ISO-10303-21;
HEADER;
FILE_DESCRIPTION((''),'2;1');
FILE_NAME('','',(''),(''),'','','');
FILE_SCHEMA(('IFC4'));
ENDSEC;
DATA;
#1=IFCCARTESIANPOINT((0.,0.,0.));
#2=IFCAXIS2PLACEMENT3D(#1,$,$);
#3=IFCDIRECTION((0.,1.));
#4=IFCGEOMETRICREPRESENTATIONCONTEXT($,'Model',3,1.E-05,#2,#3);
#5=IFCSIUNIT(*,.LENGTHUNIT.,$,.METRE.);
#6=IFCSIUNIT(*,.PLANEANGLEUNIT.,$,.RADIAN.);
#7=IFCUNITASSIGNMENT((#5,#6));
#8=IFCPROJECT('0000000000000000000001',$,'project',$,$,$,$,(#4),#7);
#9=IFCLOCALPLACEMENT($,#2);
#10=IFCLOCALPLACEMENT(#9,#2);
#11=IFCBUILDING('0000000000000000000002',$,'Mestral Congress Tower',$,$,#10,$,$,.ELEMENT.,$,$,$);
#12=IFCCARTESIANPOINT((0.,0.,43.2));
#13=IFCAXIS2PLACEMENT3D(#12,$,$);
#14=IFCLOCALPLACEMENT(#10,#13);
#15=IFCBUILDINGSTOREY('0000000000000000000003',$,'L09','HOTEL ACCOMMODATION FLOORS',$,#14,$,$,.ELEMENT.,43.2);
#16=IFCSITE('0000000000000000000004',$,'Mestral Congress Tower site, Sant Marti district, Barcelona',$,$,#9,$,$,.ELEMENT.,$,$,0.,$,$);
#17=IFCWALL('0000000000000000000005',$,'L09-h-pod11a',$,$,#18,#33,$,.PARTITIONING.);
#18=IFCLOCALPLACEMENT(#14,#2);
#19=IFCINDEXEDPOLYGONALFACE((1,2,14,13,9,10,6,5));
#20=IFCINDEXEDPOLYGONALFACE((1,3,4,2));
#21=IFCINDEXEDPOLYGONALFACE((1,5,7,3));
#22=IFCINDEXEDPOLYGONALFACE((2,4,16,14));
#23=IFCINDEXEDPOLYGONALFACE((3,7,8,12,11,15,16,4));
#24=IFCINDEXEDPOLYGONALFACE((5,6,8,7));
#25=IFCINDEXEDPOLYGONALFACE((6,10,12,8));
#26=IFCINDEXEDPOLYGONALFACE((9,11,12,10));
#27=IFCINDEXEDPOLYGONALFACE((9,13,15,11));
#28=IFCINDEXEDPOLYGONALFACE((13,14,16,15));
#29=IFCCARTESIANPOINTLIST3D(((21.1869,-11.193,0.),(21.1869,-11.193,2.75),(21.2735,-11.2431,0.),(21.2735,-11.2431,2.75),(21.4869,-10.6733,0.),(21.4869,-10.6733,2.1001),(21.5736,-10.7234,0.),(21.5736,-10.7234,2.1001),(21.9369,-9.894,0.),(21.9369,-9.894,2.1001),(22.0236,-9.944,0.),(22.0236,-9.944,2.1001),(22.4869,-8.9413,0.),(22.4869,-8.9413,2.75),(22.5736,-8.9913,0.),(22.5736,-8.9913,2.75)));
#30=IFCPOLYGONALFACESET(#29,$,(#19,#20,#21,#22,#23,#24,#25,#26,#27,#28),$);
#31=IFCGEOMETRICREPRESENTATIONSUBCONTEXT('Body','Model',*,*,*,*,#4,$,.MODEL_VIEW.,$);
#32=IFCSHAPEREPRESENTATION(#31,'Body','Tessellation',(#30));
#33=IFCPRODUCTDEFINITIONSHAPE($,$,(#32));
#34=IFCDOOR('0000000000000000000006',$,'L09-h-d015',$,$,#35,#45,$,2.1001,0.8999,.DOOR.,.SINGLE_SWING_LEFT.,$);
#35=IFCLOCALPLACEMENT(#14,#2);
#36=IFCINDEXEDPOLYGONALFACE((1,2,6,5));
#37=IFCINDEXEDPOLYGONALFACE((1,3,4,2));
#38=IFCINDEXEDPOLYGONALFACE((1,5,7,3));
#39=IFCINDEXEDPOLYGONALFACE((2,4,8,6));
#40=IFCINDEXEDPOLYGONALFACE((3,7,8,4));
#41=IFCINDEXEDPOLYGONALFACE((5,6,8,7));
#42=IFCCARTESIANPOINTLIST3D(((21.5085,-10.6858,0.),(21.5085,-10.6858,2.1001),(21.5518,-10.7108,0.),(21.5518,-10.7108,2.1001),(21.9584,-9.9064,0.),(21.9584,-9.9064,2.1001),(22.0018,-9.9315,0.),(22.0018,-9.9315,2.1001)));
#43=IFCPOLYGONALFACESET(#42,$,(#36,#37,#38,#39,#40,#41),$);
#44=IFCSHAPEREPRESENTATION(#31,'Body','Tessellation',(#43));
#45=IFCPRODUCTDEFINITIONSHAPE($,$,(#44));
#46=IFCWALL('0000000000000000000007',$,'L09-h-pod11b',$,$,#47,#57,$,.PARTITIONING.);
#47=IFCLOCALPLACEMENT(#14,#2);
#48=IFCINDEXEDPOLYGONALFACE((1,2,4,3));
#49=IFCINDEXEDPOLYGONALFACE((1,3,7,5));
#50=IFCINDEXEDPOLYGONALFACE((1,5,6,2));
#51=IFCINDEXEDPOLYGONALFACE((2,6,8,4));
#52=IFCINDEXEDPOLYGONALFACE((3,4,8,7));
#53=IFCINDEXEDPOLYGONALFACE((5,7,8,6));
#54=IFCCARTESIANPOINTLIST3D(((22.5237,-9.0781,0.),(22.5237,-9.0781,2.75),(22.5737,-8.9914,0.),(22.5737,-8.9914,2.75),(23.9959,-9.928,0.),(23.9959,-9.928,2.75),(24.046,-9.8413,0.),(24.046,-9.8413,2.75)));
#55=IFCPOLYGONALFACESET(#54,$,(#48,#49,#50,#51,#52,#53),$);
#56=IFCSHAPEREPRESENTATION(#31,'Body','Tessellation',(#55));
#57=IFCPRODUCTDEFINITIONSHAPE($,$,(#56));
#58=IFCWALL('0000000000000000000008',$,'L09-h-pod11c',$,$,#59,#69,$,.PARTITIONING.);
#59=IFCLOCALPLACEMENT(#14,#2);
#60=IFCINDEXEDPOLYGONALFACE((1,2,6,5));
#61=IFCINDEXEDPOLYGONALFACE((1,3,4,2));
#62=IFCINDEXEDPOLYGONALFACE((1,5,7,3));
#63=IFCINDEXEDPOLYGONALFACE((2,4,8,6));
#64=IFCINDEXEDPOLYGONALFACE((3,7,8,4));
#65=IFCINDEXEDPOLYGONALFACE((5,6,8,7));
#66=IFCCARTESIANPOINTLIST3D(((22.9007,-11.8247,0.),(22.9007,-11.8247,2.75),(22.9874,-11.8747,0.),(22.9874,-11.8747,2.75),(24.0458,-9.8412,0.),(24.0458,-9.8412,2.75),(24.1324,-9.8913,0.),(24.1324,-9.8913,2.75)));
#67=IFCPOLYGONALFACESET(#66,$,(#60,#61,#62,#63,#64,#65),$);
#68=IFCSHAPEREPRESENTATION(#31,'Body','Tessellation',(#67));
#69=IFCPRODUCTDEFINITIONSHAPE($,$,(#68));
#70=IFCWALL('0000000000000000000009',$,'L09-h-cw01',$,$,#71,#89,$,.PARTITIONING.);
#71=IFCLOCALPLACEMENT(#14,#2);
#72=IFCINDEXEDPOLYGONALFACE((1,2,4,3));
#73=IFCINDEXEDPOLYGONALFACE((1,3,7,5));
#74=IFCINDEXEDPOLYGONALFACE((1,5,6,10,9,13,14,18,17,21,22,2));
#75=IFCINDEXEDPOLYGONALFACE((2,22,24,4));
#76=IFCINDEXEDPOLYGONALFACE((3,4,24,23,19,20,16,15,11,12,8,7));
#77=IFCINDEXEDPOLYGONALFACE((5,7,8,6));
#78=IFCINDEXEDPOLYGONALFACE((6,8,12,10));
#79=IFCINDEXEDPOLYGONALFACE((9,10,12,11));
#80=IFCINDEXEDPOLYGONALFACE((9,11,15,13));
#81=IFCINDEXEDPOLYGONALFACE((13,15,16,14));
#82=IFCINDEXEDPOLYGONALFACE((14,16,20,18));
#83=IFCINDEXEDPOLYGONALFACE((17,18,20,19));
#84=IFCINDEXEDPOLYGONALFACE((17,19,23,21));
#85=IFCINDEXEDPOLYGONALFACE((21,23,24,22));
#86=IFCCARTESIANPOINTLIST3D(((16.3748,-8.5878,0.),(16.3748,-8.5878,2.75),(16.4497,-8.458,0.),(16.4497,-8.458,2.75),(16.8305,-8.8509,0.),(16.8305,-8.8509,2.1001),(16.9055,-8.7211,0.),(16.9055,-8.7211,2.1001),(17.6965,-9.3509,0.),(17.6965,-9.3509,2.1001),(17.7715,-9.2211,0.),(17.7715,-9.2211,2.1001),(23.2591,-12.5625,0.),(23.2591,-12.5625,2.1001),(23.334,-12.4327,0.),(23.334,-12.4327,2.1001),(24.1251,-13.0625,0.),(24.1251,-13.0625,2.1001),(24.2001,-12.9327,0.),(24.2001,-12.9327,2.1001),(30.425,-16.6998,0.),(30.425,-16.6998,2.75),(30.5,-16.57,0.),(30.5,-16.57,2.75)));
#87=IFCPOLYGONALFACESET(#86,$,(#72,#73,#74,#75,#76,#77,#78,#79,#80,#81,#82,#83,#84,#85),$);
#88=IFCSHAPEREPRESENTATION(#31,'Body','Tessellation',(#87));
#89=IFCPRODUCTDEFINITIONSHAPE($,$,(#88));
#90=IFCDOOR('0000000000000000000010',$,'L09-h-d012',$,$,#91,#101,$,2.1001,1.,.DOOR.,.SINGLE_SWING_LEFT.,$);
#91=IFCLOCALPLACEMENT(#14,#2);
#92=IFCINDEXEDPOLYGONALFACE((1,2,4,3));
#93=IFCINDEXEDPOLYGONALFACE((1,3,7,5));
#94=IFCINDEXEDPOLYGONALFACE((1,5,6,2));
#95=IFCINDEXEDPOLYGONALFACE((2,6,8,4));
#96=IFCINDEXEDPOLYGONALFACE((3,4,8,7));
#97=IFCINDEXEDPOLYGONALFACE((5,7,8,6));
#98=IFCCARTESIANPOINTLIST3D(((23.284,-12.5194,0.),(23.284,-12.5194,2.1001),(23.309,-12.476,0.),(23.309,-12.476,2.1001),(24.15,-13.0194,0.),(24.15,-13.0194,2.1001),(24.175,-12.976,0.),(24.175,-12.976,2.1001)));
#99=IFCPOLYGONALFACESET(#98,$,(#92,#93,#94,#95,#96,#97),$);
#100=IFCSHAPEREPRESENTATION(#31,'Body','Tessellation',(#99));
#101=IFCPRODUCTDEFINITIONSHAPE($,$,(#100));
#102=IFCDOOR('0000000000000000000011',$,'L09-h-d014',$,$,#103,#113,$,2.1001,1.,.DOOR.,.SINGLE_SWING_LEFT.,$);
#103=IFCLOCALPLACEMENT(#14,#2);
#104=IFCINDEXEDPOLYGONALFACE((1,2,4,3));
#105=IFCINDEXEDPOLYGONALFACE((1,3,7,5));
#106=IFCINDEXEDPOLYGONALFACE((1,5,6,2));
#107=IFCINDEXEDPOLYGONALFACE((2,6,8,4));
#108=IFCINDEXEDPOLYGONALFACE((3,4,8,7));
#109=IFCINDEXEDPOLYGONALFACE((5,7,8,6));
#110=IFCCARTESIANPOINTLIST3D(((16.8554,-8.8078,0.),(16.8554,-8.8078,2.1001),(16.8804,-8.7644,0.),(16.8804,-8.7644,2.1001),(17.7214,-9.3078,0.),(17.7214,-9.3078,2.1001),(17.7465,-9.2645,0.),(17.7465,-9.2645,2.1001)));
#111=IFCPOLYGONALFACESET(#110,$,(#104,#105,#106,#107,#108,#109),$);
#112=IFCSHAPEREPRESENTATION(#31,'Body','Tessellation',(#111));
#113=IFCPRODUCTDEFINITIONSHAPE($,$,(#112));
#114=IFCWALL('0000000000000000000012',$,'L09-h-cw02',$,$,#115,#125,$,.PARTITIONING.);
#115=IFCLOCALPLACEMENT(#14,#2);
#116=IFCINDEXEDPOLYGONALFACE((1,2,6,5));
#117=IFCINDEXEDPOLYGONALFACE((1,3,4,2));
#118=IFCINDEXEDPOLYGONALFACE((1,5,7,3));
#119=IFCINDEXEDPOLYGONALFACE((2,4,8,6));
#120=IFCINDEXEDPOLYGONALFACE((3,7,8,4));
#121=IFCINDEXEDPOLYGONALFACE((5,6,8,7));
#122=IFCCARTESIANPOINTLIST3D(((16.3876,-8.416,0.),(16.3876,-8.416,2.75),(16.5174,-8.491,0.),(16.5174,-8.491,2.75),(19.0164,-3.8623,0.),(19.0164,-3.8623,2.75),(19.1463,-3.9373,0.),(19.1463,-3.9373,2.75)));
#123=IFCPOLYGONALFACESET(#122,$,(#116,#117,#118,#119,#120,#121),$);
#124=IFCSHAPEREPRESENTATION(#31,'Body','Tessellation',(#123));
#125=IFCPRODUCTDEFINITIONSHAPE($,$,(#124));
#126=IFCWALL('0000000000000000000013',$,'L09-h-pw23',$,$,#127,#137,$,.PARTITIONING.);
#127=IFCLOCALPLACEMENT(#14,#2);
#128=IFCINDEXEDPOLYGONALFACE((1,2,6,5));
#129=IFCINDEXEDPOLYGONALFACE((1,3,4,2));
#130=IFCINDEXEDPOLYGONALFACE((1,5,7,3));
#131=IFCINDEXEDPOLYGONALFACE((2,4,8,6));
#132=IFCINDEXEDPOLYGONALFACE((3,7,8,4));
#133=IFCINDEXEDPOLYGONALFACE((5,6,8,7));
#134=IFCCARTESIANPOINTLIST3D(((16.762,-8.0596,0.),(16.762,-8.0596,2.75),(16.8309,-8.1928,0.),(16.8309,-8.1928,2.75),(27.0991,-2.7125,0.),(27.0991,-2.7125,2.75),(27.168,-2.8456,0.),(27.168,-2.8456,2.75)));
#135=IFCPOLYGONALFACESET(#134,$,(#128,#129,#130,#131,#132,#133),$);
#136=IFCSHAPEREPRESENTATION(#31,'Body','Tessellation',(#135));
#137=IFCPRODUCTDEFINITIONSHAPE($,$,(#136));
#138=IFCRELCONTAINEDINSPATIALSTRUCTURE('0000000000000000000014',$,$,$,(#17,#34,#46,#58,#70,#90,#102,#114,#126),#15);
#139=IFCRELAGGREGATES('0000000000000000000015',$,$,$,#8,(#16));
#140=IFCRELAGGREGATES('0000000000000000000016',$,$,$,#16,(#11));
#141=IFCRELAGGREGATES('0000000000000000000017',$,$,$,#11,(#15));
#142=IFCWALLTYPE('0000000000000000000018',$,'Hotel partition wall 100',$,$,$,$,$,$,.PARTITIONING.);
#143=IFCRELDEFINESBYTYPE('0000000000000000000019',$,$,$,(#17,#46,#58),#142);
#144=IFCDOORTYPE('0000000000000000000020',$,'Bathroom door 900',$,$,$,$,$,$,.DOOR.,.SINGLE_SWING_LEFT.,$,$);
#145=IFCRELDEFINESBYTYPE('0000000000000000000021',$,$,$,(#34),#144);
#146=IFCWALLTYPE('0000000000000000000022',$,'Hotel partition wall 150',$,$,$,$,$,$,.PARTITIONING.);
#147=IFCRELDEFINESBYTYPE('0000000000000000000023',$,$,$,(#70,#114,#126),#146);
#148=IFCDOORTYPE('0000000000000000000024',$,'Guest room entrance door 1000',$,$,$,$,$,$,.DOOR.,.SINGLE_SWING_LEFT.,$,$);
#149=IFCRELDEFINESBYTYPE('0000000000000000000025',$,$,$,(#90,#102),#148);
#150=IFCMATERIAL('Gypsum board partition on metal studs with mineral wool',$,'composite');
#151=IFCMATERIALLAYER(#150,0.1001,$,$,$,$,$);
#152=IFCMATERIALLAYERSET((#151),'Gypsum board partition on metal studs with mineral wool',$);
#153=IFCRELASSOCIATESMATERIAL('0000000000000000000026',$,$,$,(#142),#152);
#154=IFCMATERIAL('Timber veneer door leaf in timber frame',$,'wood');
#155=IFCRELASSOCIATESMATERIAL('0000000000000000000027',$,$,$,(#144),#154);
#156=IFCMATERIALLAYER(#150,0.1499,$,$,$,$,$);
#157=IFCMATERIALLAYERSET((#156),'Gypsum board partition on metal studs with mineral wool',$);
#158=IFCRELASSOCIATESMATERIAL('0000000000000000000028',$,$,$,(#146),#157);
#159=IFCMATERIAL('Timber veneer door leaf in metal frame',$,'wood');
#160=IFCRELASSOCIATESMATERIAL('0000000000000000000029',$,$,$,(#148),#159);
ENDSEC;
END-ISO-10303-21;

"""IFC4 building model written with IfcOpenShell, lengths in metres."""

from ifc_helpers import new_model, si_unit, direction, frame, frame_2d, origin, place, context, subcontext, project, spatial, rectangle, extrude, material, layer, layer_set, type_object, element, fill, save


model = new_model("IFC4")

# Units and contexts
model_context = context("Model", 3, precision=1e-05, world=origin(), true_north=direction((0.0, 1.0)))
body_context = subcontext(model_context, "Body", "Model", "MODEL_VIEW")
ifc_project = project(units=[si_unit("LENGTHUNIT", "METRE"), si_unit("PLANEANGLEUNIT", "RADIAN")], contexts=[model_context])

# Site, building, storey
site_placement = place(None, origin())
site = spatial("IfcSite", under=ifc_project, at=site_placement, Name="Mestral Congress Tower site, Sant Marti district, Barcelona", CompositionType="ELEMENT", RefElevation=0.0)
building_placement = place(site_placement, origin())
building = spatial("IfcBuilding", under=site, at=building_placement, Name="Mestral Congress Tower", CompositionType="ELEMENT")
storey_placement = place(building_placement, frame((0.0, 0.0, 43.2)))
storey = spatial("IfcBuildingStorey", under=building, at=storey_placement, Name="L09", Description="HOTEL ACCOMMODATION FLOORS", CompositionType="ELEMENT", Elevation=43.2)

# Shared definitions
ifc_material_1 = material(Name="Gypsum board partition on metal studs with mineral wool", Category="composite")
ifc_layer_1 = layer(ifc_material_1, 0.1001)
ifc_layer_set_1 = layer_set([ifc_layer_1], Name="Gypsum board partition on metal studs with mineral wool")
wall_type_1 = type_object("IfcWallType", Name="Hotel partition wall 100", PredefinedType="PARTITIONING", material=ifc_layer_set_1)
ifc_material_2 = material(Name="Timber veneer door leaf in timber frame", Category="wood")
door_type_1 = type_object("IfcDoorType", Name="Bathroom door 900", OperationType="SINGLE_SWING_LEFT", PredefinedType="DOOR", material=ifc_material_2)

# Wall, opening, door
wall_1_placement = place(storey_placement, frame((22.5303, -8.9663, 0.0), z_axis=(0.0, 0.0, 1.0), x_axis=(-0.500007, -0.866021, 0.0)))
wall_1 = element("IfcWall", 1, at=wall_1_placement, inside=storey, type_object=wall_type_1, Name="L09-h-pod11a", PredefinedType="PARTITIONING", context=body_context, shape_type="SweptSolid", body=[
    extrude(rectangle(XDim=2.6001, YDim=0.1001, at=frame_2d((1.3, 0.0))), origin(), (0.0, 0.0, 1.0), 2.75),
])
opening_1_placement = place(wall_1_placement, frame((1.1001, 0.0, 0.0)))
opening_1 = element("IfcOpeningElement", 2, at=opening_1_placement, cuts=wall_1, PredefinedType="OPENING", context=body_context, shape_type="SweptSolid", body=[
    extrude(rectangle(XDim=0.8999, YDim=2.1001, at=frame_2d((0.45, 1.05))), frame((0.0, 0.0601, 0.0), z_axis=(0.0, -1.0, 0.0), x_axis=(1.0, 0.0, 0.0)), (0.0, 0.0, 1.0), 0.1201),
])
door_1_placement = place(opening_1_placement, origin())
door_1 = element("IfcDoor", 3, at=door_1_placement, inside=storey, type_object=door_type_1, Name="L09-h-d015", OperationType="SINGLE_SWING_LEFT", OverallHeight=2.1001, OverallWidth=0.8999, PredefinedType="DOOR", context=body_context, shape_type="SweptSolid", body=[
    extrude(rectangle(XDim=0.8999, YDim=2.1001, at=frame_2d((0.45, 1.05))), frame((0.0, 0.0249, 0.0), z_axis=(0.0, -1.0, 0.0), x_axis=(1.0, 0.0, 0.0)), (0.0, 0.0, 1.0), 0.05),
])
fill(opening_1, door_1)

# Walls
wall_2_placement = place(storey_placement, frame((22.5486, -9.0347, 0.0), z_axis=(0.0, 0.0, 1.0), x_axis=(0.866052, -0.499955, 0.0)))
element("IfcWall", 4, at=wall_2_placement, inside=storey, type_object=wall_type_1, Name="L09-h-pod11b", PredefinedType="PARTITIONING", context=body_context, shape_type="SweptSolid", body=[
    extrude(rectangle(XDim=1.7, YDim=0.1001, at=frame_2d((0.8501, 0.0))), origin(), (0.0, 0.0, 1.0), 2.75),
])
wall_3_placement = place(storey_placement, frame((22.9441, -11.8496, 0.0), z_axis=(0.0, 0.0, 1.0), x_axis=(0.499969, 0.866044, 0.0)))
element("IfcWall", 5, at=wall_3_placement, inside=storey, type_object=wall_type_1, Name="L09-h-pod11c", PredefinedType="PARTITIONING", context=body_context, shape_type="SweptSolid", body=[
    extrude(rectangle(XDim=2.2903, YDim=0.1001, at=frame_2d((1.145, 0.0))), origin(), (0.0, 0.0, 1.0), 2.75),
])

# Wall, openings, doors
ifc_layer_2 = layer(ifc_material_1, 0.1499)
ifc_layer_set_2 = layer_set([ifc_layer_2], Name="Gypsum board partition on metal studs with mineral wool")
wall_type_2 = type_object("IfcWallType", Name="Hotel partition wall 150", PredefinedType="PARTITIONING", material=ifc_layer_set_2)
wall_4_placement = place(storey_placement, frame((16.4124, -8.5229, 0.0), z_axis=(0.0, 0.0, 1.0), x_axis=(0.866022, -0.500006, 0.0)))
wall_4 = element("IfcWall", 6, at=wall_4_placement, inside=storey, type_object=wall_type_2, Name="L09-h-cw01", PredefinedType="PARTITIONING", context=body_context, shape_type="SweptSolid", body=[
    extrude(rectangle(XDim=16.2239, YDim=0.1499, at=frame_2d((8.1118, 0.0))), origin(), (0.0, 0.0, 1.0), 2.75),
])
opening_2_placement = place(wall_4_placement, frame((7.9492, 0.0, 0.0)))
opening_2 = element("IfcOpeningElement", 7, at=opening_2_placement, cuts=wall_4, PredefinedType="OPENING", context=body_context, shape_type="SweptSolid", body=[
    extrude(rectangle(XDim=1.0, YDim=2.1001, at=frame_2d((0.5, 1.05))), frame((0.0, 0.085, 0.0), z_axis=(0.0, -1.0, 0.0), x_axis=(1.0, 0.0, 0.0)), (0.0, 0.0, 1.0), 0.1699),
])
opening_3_placement = place(wall_4_placement, frame((0.5261, 0.0, 0.0)))
opening_3 = element("IfcOpeningElement", 8, at=opening_3_placement, cuts=wall_4, PredefinedType="OPENING", context=body_context, shape_type="SweptSolid", body=[
    extrude(rectangle(XDim=1.0, YDim=2.1001, at=frame_2d((0.5, 1.05))), frame((0.0, 0.085, 0.0), z_axis=(0.0, -1.0, 0.0), x_axis=(1.0, 0.0, 0.0)), (0.0, 0.0, 1.0), 0.1699),
])
ifc_material_3 = material(Name="Timber veneer door leaf in metal frame", Category="wood")
door_type_2 = type_object("IfcDoorType", Name="Guest room entrance door 1000", OperationType="SINGLE_SWING_LEFT", PredefinedType="DOOR", material=ifc_material_3)
door_2_placement = place(opening_2_placement, origin())
door_2 = element("IfcDoor", 9, at=door_2_placement, inside=storey, type_object=door_type_2, Name="L09-h-d012", OperationType="SINGLE_SWING_LEFT", OverallHeight=2.1001, OverallWidth=1.0, PredefinedType="DOOR", context=body_context, shape_type="SweptSolid", body=[
    extrude(rectangle(XDim=1.0, YDim=2.1001, at=frame_2d((0.5, 1.05))), frame((0.0, 0.0249, 0.0), z_axis=(0.0, -1.0, 0.0), x_axis=(1.0, 0.0, 0.0)), (0.0, 0.0, 1.0), 0.05),
])
fill(opening_2, door_2)
door_3_placement = place(opening_3_placement, origin())
door_3 = element("IfcDoor", 10, at=door_3_placement, inside=storey, type_object=door_type_2, Name="L09-h-d014", OperationType="SINGLE_SWING_LEFT", OverallHeight=2.1001, OverallWidth=1.0, PredefinedType="DOOR", context=body_context, shape_type="SweptSolid", body=[
    extrude(rectangle(XDim=1.0, YDim=2.1001, at=frame_2d((0.5, 1.05))), frame((0.0, 0.0249, 0.0), z_axis=(0.0, -1.0, 0.0), x_axis=(1.0, 0.0, 0.0)), (0.0, 0.0, 1.0), 0.05),
])
fill(opening_3, door_3)

# Walls
wall_5_placement = place(storey_placement, frame((19.0813, -3.8999, 0.0), z_axis=(0.0, 0.0, 1.0), x_axis=(-0.499974, -0.86604, 0.0)))
element("IfcWall", 11, at=wall_5_placement, inside=storey, type_object=wall_type_2, Name="L09-h-cw02", PredefinedType="PARTITIONING", context=body_context, shape_type="SweptSolid", body=[
    extrude(rectangle(XDim=5.2581, YDim=0.1499, at=frame_2d((2.6289, 0.0))), origin(), (0.0, 0.0, 1.0), 2.75),
])
wall_6_placement = place(storey_placement, frame((27.1335, -2.7791, 0.0), z_axis=(0.0, 0.0, 1.0), x_axis=(-0.888205, -0.459447, 0.0)))
element("IfcWall", 12, at=wall_6_placement, inside=storey, type_object=wall_type_2, Name="L09-h-pw23", PredefinedType="PARTITIONING", context=body_context, shape_type="SweptSolid", body=[
    extrude(rectangle(XDim=11.6382, YDim=0.1499, at=frame_2d((5.8191, 0.0))), origin(), (0.0, 0.0, 1.0), 2.75),
])

save(model, "model.ifc")
